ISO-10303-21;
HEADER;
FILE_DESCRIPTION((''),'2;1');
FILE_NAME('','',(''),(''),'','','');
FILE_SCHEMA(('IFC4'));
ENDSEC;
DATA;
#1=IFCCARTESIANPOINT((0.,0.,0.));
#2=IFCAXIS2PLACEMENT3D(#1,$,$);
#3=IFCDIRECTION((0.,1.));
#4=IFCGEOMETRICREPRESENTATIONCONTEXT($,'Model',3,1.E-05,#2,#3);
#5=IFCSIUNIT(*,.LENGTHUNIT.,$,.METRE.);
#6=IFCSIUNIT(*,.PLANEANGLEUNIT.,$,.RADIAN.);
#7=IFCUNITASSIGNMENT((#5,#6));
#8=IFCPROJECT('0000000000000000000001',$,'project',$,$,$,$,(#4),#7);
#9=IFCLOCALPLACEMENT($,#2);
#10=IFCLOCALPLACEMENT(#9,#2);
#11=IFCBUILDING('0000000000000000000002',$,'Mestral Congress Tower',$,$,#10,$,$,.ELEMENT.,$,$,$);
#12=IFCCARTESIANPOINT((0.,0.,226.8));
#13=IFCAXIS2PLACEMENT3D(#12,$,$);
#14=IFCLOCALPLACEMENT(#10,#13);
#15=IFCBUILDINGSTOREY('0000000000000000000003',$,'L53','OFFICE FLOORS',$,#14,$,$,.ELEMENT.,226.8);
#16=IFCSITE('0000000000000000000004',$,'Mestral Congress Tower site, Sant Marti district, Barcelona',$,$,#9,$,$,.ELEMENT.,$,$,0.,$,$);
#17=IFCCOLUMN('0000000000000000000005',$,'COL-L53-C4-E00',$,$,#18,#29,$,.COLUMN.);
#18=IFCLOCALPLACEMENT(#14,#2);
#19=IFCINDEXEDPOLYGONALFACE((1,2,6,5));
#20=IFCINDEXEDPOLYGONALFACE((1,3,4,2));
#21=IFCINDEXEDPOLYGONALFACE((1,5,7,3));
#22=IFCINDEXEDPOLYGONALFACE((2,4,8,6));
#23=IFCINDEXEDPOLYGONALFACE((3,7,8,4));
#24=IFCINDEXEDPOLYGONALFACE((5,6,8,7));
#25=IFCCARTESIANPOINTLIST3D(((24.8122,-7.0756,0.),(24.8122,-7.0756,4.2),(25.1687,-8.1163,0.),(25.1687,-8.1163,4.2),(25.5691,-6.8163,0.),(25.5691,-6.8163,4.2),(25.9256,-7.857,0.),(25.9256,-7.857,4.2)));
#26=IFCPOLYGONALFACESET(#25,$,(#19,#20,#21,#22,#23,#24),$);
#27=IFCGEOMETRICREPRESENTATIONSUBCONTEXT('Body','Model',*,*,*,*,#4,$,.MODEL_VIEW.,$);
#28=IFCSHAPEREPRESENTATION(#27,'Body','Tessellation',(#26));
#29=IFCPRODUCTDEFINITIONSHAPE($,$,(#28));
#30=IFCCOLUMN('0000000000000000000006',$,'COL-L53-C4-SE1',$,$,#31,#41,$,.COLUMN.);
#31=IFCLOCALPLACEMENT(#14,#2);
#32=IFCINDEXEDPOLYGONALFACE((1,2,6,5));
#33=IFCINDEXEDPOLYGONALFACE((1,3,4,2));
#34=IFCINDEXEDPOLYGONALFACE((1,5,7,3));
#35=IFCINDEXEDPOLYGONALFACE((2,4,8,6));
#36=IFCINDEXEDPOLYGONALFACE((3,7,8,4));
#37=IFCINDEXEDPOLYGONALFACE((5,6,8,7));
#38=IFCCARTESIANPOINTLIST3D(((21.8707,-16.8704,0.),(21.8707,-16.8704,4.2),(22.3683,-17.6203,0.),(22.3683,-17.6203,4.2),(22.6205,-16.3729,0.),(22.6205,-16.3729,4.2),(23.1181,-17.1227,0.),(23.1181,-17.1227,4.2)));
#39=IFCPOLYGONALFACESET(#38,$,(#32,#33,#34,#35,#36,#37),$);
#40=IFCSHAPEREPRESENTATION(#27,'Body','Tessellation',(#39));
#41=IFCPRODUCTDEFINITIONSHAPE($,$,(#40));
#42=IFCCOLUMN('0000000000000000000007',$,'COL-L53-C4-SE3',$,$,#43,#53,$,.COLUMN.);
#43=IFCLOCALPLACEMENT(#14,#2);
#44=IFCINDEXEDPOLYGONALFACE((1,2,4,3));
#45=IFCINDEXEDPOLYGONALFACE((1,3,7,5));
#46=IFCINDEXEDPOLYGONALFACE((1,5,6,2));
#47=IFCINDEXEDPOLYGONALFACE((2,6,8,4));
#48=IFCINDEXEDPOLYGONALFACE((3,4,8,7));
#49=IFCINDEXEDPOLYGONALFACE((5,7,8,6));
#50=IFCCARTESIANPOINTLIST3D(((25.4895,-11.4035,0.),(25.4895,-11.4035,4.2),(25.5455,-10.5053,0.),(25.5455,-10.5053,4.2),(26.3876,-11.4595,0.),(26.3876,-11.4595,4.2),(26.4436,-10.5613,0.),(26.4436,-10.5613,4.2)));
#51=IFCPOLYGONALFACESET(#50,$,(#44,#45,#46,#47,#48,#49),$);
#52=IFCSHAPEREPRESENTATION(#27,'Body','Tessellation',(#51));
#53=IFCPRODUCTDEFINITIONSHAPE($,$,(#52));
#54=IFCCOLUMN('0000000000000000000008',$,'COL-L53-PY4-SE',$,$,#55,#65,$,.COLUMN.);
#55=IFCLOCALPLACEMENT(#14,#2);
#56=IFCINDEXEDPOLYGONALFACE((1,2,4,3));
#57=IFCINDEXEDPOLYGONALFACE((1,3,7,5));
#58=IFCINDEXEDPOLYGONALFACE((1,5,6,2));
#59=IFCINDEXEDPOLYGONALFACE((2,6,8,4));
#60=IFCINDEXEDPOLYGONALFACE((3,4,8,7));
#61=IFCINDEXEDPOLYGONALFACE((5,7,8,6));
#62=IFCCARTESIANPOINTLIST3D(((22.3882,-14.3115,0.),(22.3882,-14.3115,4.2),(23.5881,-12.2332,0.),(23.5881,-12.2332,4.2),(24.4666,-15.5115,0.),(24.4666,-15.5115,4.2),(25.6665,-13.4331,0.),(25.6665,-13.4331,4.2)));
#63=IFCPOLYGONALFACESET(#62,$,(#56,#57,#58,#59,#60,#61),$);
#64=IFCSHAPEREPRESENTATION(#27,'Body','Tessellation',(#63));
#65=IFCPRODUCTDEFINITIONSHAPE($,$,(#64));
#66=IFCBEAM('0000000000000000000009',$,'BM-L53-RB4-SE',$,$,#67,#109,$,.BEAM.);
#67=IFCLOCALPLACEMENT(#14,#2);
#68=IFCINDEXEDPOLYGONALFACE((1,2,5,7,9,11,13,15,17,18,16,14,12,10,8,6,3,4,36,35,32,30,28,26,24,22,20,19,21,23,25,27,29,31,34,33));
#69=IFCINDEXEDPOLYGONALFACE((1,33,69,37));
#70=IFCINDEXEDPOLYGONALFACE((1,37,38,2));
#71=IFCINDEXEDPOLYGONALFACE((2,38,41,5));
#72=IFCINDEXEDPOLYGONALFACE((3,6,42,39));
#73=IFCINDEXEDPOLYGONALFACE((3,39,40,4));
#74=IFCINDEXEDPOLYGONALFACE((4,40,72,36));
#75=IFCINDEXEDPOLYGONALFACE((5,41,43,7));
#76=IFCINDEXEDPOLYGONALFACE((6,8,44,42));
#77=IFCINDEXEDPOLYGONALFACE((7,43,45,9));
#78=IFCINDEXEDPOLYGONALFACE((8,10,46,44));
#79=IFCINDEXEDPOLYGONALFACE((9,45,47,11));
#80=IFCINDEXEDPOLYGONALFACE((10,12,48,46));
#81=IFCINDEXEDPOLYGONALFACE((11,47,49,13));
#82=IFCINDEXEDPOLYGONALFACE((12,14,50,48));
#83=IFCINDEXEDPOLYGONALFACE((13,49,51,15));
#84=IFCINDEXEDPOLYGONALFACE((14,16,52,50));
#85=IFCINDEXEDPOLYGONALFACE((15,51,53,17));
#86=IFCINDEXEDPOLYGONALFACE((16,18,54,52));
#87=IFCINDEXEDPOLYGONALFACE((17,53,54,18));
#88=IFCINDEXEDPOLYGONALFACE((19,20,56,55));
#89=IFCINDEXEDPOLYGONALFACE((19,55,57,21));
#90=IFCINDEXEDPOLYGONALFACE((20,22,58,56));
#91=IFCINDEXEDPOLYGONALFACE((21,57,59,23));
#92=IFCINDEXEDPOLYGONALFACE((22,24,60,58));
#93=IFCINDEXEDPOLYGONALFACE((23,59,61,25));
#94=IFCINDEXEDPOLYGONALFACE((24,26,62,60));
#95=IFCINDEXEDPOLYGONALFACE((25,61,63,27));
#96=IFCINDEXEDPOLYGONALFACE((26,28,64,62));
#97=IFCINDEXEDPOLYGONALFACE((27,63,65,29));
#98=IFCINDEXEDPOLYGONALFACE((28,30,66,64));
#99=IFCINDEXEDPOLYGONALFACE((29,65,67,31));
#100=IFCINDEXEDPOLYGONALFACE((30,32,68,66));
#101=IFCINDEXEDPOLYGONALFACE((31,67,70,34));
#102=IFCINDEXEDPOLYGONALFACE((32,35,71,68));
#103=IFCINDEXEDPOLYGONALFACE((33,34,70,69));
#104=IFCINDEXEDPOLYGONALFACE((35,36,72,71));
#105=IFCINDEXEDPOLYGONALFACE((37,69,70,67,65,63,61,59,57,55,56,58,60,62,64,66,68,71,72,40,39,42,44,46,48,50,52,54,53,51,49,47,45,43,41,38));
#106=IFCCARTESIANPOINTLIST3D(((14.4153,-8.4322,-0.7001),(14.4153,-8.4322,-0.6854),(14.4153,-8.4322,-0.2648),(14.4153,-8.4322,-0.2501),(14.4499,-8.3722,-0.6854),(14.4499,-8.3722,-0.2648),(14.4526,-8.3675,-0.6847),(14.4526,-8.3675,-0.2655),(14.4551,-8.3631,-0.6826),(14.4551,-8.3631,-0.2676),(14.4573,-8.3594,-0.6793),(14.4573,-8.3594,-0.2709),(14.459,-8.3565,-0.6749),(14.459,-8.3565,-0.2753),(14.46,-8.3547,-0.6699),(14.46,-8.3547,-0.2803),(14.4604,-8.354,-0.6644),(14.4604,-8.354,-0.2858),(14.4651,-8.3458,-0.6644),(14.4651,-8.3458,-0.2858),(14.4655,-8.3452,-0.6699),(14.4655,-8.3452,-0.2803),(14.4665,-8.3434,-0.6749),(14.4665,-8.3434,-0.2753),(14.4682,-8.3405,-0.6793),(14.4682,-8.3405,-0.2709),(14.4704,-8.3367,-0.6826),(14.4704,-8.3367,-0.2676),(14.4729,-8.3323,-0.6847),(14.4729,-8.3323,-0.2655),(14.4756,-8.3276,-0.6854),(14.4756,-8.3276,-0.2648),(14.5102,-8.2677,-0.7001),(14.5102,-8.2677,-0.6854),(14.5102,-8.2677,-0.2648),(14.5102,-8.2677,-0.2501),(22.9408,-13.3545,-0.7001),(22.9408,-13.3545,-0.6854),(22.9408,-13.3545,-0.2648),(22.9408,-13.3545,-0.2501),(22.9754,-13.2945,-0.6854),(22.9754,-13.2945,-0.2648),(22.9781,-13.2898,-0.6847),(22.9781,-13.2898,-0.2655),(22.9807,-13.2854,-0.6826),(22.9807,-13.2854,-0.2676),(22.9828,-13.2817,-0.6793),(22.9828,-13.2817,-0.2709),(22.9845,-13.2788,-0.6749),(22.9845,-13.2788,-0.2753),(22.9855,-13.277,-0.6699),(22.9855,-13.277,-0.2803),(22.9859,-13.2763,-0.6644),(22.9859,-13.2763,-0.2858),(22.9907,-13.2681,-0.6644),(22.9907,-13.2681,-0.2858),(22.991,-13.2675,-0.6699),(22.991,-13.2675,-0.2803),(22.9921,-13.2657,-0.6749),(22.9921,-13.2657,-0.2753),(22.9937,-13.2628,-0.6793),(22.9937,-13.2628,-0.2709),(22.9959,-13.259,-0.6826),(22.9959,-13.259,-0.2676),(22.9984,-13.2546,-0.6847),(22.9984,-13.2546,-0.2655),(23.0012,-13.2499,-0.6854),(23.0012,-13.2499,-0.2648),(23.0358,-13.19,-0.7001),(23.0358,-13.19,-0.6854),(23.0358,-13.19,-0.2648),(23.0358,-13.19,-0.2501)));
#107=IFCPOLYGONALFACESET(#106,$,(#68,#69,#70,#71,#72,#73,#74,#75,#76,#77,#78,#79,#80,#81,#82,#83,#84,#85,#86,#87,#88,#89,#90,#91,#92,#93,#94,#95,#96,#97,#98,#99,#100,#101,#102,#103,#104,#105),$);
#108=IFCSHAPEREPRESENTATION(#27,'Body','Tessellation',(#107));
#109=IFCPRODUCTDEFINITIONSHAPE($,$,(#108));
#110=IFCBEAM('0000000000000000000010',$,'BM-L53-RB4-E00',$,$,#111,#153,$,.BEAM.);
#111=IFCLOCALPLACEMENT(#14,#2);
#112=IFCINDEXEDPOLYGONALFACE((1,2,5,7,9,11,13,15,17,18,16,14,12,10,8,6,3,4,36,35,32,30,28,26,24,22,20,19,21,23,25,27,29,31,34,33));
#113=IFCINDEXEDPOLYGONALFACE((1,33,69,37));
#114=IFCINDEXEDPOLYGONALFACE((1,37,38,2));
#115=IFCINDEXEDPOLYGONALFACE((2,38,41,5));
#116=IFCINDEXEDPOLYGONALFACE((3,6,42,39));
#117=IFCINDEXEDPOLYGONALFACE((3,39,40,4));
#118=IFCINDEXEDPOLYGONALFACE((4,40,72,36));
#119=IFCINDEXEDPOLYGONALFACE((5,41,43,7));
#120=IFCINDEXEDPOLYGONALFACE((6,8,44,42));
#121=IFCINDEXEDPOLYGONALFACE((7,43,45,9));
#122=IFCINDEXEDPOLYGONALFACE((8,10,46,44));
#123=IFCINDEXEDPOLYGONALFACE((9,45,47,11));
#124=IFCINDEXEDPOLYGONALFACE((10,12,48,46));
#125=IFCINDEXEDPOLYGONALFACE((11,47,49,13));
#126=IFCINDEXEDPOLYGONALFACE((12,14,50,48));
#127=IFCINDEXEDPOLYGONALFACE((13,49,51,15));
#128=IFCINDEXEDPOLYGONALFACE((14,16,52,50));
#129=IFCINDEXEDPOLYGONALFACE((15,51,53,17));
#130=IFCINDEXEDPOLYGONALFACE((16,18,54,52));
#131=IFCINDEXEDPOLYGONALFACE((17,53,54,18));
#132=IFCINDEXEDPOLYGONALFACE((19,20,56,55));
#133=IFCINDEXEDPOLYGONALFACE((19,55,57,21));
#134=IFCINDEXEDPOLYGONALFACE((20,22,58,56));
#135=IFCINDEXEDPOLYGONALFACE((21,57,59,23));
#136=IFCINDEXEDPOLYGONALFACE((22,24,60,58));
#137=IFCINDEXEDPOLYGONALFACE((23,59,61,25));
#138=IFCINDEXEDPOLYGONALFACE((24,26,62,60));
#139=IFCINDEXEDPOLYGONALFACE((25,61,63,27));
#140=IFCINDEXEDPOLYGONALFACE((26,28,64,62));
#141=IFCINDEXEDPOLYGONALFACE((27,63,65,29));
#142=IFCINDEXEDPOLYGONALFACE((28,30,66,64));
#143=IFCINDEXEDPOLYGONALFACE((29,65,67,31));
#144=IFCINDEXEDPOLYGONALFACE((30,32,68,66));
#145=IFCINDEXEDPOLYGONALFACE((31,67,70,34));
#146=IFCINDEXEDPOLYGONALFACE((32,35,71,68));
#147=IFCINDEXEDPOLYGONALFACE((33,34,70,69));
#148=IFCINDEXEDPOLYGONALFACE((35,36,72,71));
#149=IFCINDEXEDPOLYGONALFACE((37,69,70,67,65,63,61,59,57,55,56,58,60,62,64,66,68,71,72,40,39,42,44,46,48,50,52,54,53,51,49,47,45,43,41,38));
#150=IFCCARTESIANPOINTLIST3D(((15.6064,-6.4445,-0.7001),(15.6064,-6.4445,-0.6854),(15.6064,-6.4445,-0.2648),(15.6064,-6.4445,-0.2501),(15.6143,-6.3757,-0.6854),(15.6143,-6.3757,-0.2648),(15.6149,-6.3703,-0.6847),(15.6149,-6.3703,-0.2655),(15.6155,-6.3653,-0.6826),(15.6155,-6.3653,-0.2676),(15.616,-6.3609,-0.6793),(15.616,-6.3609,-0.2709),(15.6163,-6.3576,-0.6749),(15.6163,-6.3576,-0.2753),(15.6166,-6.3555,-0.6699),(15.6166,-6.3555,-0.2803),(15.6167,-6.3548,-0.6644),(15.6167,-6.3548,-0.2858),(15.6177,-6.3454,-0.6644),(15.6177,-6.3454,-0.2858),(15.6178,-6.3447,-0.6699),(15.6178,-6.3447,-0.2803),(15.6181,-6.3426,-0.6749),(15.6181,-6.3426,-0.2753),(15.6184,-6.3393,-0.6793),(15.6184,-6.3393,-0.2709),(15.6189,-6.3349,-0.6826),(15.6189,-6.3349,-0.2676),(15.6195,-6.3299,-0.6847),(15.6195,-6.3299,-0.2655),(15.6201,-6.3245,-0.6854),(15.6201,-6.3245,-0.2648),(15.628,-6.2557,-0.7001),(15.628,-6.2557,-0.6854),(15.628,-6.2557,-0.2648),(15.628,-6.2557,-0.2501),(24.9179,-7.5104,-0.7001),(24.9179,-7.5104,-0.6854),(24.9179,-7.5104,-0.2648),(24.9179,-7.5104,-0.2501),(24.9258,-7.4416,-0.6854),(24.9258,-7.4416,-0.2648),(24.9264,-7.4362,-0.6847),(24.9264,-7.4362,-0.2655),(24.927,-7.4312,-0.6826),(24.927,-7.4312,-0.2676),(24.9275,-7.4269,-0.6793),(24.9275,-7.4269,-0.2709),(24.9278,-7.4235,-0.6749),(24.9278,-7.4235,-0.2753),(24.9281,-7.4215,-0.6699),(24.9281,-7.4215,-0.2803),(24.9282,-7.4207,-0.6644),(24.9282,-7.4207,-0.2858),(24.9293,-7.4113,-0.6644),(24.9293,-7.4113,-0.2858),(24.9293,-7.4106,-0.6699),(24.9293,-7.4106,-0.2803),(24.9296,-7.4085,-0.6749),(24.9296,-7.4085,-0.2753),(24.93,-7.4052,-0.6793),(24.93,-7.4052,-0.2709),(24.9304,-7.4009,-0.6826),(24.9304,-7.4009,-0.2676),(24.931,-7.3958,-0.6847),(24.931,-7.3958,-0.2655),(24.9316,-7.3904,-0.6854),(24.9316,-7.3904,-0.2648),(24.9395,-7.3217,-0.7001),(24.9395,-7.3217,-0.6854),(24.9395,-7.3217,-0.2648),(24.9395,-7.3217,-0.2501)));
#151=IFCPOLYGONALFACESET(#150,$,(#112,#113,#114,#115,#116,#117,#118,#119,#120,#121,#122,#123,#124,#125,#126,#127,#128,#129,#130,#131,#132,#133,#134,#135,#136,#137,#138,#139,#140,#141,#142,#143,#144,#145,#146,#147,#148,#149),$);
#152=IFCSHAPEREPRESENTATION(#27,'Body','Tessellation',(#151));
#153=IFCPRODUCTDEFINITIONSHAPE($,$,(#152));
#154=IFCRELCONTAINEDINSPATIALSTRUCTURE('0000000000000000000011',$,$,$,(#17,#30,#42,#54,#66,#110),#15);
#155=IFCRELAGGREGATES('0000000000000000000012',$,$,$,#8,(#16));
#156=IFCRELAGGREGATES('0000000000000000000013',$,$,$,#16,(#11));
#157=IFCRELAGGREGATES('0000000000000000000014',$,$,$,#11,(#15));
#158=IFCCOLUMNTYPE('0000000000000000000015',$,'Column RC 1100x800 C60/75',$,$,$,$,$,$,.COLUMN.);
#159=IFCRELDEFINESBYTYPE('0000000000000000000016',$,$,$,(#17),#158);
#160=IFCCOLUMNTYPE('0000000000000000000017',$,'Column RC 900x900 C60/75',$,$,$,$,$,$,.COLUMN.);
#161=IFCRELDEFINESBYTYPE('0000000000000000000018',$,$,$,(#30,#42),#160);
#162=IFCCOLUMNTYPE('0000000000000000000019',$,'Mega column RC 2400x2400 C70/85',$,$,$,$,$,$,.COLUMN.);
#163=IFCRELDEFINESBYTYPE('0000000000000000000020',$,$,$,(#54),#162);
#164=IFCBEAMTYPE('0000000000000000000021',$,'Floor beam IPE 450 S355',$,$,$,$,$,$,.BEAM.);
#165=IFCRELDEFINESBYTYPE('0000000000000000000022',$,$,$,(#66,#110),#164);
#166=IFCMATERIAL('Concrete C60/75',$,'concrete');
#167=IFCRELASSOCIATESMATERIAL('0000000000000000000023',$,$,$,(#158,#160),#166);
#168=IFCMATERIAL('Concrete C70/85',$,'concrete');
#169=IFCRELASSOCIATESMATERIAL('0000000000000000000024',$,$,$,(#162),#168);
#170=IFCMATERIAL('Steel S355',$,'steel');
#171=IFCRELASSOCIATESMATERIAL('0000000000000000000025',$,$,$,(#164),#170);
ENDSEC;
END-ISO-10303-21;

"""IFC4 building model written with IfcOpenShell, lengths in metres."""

from ifc_helpers import new_model, si_unit, direction, frame, origin, origin_2d, place, context, subcontext, project, spatial, rectangle, i_section, extrude, material, material_profile, profile_set, type_object, element, save


model = new_model("IFC4")

# Units and contexts
model_context = context("Model", 3, precision=1e-05, world=origin(), true_north=direction((0.0, 1.0)))
body_context = subcontext(model_context, "Body", "Model", "MODEL_VIEW")
ifc_project = project(units=[si_unit("LENGTHUNIT", "METRE"), si_unit("PLANEANGLEUNIT", "RADIAN")], contexts=[model_context])

# Site, building, storey
site_placement = place(None, origin())
site = spatial("IfcSite", under=ifc_project, at=site_placement, Name="Mestral Congress Tower site, Sant Marti district, Barcelona", CompositionType="ELEMENT", RefElevation=0.0)
building_placement = place(site_placement, origin())
building = spatial("IfcBuilding", under=site, at=building_placement, Name="Mestral Congress Tower", CompositionType="ELEMENT")
storey_placement = place(building_placement, frame((0.0, 0.0, 226.8)))
storey = spatial("IfcBuildingStorey", under=building, at=storey_placement, Name="L53", Description="OFFICE FLOORS", CompositionType="ELEMENT", Elevation=226.8)

# Columns
ifc_material_1 = material(Name="Concrete C60/75", Category="concrete")
ifc_material_profile_1 = material_profile(ifc_material_1, rectangle(XDim=1.1001, YDim=0.8, at=origin_2d()), Name="RC 1100x800")
ifc_profile_set_1 = profile_set([ifc_material_profile_1], Name="Concrete C60/75")
column_type_1 = type_object("IfcColumnType", Name="Column RC 1100x800 C60/75", PredefinedType="COLUMN", material=ifc_profile_set_1)
column_1_placement = place(storey_placement, frame((25.3689, -7.4663, 0.0), z_axis=(0.0, 0.0, 1.0), x_axis=(-0.324074, 0.946032, 0.0)))
element("IfcColumn", 1, at=column_1_placement, inside=storey, type_object=column_type_1, Name="COL-L53-C4-E00", PredefinedType="COLUMN", context=body_context, shape_type="SweptSolid", body=[
    extrude(rectangle(XDim=1.1001, YDim=0.8, at=origin_2d()), origin(), (0.0, 0.0, 1.0), 4.2),
])
ifc_material_profile_2 = material_profile(ifc_material_1, rectangle(XDim=0.8999, YDim=0.8999, at=origin_2d()), Name="RC 900x900")
ifc_profile_set_2 = profile_set([ifc_material_profile_2], Name="Concrete C60/75")
column_type_2 = type_object("IfcColumnType", Name="Column RC 900x900 C60/75", PredefinedType="COLUMN", material=ifc_profile_set_2)
for number, where, z_axis, x_axis, name in (
    (2, (22.4944, -16.9966, 0.0), (0.0, 0.0, 1.0), (0.833239, 0.552913, 0.0), "COL-L53-C4-SE1"),
    (3, (25.9666, -10.9824, 0.0), (0.0, 0.0, 1.0), (0.062217, 0.998063, 0.0), "COL-L53-C4-SE3"),
):
    element("IfcColumn", number, at=place(storey_placement, frame(where, z_axis=z_axis, x_axis=x_axis)), inside=storey, type_object=column_type_2, Name=name, PredefinedType="COLUMN", context=body_context, shape_type="SweptSolid", body=[
        extrude(rectangle(XDim=0.8999, YDim=0.8999, at=origin_2d()), origin(), (0.0, 0.0, 1.0), 4.2),
    ])
ifc_material_2 = material(Name="Concrete C70/85", Category="concrete")
ifc_material_profile_3 = material_profile(ifc_material_2, rectangle(XDim=2.3999, YDim=2.3999, at=origin_2d()), Name="RC 2400x2400")
ifc_profile_set_3 = profile_set([ifc_material_profile_3], Name="Concrete C70/85")
column_type_3 = type_object("IfcColumnType", Name="Mega column RC 2400x2400 C70/85", PredefinedType="COLUMN", material=ifc_profile_set_3)
column_2_placement = place(storey_placement, frame((24.0273, -13.8723, 0.0), z_axis=(0.0, 0.0, 1.0), x_axis=(0.866025, -0.5, 0.0)))
element("IfcColumn", 4, at=column_2_placement, inside=storey, type_object=column_type_3, Name="COL-L53-PY4-SE", PredefinedType="COLUMN", context=body_context, shape_type="SweptSolid", body=[
    extrude(rectangle(XDim=2.3999, YDim=2.3999, at=origin_2d()), origin(), (0.0, 0.0, 1.0), 4.2),
])

# Beams
ifc_material_3 = material(Name="Steel S355", Category="steel")
ifc_material_profile_4 = material_profile(ifc_material_3, i_section(OverallWidth=0.1899, OverallDepth=0.45, WebThickness=0.0095, FlangeThickness=0.0146, FilletRadius=0.021, at=origin_2d()), Name="IPE 450")
ifc_profile_set_4 = profile_set([ifc_material_profile_4], Name="Steel S355")
beam_type_1 = type_object("IfcBeamType", Name="Floor beam IPE 450 S355", PredefinedType="BEAM", material=ifc_profile_set_4)
beam_1_placement = place(storey_placement, frame((22.9883, -13.2722, -0.4751), z_axis=(-0.866022, 0.500007, 0.0), x_axis=(-0.500007, -0.866022, 0.0)))
element("IfcBeam", 5, at=beam_1_placement, inside=storey, type_object=beam_type_1, Name="BM-L53-RB4-SE", PredefinedType="BEAM", context=body_context, shape_type="SweptSolid", body=[
    extrude(i_section(OverallWidth=0.1899, OverallDepth=0.45, WebThickness=0.0095, FlangeThickness=0.0146, FilletRadius=0.021, at=origin_2d()), origin(), (0.0, 0.0, 1.0), 9.8445),
])
beam_2_placement = place(storey_placement, frame((24.9287, -7.416, -0.4751), z_axis=(-0.993512, 0.11373, 0.0), x_axis=(-0.11373, -0.993512, 0.0)))
element("IfcBeam", 6, at=beam_2_placement, inside=storey, type_object=beam_type_1, Name="BM-L53-RB4-E00", PredefinedType="BEAM", context=body_context, shape_type="SweptSolid", body=[
    extrude(i_section(OverallWidth=0.1899, OverallDepth=0.45, WebThickness=0.0095, FlangeThickness=0.0146, FilletRadius=0.021, at=origin_2d()), origin(), (0.0, 0.0, 1.0), 9.3723),
])

save(model, "model.ifc")
